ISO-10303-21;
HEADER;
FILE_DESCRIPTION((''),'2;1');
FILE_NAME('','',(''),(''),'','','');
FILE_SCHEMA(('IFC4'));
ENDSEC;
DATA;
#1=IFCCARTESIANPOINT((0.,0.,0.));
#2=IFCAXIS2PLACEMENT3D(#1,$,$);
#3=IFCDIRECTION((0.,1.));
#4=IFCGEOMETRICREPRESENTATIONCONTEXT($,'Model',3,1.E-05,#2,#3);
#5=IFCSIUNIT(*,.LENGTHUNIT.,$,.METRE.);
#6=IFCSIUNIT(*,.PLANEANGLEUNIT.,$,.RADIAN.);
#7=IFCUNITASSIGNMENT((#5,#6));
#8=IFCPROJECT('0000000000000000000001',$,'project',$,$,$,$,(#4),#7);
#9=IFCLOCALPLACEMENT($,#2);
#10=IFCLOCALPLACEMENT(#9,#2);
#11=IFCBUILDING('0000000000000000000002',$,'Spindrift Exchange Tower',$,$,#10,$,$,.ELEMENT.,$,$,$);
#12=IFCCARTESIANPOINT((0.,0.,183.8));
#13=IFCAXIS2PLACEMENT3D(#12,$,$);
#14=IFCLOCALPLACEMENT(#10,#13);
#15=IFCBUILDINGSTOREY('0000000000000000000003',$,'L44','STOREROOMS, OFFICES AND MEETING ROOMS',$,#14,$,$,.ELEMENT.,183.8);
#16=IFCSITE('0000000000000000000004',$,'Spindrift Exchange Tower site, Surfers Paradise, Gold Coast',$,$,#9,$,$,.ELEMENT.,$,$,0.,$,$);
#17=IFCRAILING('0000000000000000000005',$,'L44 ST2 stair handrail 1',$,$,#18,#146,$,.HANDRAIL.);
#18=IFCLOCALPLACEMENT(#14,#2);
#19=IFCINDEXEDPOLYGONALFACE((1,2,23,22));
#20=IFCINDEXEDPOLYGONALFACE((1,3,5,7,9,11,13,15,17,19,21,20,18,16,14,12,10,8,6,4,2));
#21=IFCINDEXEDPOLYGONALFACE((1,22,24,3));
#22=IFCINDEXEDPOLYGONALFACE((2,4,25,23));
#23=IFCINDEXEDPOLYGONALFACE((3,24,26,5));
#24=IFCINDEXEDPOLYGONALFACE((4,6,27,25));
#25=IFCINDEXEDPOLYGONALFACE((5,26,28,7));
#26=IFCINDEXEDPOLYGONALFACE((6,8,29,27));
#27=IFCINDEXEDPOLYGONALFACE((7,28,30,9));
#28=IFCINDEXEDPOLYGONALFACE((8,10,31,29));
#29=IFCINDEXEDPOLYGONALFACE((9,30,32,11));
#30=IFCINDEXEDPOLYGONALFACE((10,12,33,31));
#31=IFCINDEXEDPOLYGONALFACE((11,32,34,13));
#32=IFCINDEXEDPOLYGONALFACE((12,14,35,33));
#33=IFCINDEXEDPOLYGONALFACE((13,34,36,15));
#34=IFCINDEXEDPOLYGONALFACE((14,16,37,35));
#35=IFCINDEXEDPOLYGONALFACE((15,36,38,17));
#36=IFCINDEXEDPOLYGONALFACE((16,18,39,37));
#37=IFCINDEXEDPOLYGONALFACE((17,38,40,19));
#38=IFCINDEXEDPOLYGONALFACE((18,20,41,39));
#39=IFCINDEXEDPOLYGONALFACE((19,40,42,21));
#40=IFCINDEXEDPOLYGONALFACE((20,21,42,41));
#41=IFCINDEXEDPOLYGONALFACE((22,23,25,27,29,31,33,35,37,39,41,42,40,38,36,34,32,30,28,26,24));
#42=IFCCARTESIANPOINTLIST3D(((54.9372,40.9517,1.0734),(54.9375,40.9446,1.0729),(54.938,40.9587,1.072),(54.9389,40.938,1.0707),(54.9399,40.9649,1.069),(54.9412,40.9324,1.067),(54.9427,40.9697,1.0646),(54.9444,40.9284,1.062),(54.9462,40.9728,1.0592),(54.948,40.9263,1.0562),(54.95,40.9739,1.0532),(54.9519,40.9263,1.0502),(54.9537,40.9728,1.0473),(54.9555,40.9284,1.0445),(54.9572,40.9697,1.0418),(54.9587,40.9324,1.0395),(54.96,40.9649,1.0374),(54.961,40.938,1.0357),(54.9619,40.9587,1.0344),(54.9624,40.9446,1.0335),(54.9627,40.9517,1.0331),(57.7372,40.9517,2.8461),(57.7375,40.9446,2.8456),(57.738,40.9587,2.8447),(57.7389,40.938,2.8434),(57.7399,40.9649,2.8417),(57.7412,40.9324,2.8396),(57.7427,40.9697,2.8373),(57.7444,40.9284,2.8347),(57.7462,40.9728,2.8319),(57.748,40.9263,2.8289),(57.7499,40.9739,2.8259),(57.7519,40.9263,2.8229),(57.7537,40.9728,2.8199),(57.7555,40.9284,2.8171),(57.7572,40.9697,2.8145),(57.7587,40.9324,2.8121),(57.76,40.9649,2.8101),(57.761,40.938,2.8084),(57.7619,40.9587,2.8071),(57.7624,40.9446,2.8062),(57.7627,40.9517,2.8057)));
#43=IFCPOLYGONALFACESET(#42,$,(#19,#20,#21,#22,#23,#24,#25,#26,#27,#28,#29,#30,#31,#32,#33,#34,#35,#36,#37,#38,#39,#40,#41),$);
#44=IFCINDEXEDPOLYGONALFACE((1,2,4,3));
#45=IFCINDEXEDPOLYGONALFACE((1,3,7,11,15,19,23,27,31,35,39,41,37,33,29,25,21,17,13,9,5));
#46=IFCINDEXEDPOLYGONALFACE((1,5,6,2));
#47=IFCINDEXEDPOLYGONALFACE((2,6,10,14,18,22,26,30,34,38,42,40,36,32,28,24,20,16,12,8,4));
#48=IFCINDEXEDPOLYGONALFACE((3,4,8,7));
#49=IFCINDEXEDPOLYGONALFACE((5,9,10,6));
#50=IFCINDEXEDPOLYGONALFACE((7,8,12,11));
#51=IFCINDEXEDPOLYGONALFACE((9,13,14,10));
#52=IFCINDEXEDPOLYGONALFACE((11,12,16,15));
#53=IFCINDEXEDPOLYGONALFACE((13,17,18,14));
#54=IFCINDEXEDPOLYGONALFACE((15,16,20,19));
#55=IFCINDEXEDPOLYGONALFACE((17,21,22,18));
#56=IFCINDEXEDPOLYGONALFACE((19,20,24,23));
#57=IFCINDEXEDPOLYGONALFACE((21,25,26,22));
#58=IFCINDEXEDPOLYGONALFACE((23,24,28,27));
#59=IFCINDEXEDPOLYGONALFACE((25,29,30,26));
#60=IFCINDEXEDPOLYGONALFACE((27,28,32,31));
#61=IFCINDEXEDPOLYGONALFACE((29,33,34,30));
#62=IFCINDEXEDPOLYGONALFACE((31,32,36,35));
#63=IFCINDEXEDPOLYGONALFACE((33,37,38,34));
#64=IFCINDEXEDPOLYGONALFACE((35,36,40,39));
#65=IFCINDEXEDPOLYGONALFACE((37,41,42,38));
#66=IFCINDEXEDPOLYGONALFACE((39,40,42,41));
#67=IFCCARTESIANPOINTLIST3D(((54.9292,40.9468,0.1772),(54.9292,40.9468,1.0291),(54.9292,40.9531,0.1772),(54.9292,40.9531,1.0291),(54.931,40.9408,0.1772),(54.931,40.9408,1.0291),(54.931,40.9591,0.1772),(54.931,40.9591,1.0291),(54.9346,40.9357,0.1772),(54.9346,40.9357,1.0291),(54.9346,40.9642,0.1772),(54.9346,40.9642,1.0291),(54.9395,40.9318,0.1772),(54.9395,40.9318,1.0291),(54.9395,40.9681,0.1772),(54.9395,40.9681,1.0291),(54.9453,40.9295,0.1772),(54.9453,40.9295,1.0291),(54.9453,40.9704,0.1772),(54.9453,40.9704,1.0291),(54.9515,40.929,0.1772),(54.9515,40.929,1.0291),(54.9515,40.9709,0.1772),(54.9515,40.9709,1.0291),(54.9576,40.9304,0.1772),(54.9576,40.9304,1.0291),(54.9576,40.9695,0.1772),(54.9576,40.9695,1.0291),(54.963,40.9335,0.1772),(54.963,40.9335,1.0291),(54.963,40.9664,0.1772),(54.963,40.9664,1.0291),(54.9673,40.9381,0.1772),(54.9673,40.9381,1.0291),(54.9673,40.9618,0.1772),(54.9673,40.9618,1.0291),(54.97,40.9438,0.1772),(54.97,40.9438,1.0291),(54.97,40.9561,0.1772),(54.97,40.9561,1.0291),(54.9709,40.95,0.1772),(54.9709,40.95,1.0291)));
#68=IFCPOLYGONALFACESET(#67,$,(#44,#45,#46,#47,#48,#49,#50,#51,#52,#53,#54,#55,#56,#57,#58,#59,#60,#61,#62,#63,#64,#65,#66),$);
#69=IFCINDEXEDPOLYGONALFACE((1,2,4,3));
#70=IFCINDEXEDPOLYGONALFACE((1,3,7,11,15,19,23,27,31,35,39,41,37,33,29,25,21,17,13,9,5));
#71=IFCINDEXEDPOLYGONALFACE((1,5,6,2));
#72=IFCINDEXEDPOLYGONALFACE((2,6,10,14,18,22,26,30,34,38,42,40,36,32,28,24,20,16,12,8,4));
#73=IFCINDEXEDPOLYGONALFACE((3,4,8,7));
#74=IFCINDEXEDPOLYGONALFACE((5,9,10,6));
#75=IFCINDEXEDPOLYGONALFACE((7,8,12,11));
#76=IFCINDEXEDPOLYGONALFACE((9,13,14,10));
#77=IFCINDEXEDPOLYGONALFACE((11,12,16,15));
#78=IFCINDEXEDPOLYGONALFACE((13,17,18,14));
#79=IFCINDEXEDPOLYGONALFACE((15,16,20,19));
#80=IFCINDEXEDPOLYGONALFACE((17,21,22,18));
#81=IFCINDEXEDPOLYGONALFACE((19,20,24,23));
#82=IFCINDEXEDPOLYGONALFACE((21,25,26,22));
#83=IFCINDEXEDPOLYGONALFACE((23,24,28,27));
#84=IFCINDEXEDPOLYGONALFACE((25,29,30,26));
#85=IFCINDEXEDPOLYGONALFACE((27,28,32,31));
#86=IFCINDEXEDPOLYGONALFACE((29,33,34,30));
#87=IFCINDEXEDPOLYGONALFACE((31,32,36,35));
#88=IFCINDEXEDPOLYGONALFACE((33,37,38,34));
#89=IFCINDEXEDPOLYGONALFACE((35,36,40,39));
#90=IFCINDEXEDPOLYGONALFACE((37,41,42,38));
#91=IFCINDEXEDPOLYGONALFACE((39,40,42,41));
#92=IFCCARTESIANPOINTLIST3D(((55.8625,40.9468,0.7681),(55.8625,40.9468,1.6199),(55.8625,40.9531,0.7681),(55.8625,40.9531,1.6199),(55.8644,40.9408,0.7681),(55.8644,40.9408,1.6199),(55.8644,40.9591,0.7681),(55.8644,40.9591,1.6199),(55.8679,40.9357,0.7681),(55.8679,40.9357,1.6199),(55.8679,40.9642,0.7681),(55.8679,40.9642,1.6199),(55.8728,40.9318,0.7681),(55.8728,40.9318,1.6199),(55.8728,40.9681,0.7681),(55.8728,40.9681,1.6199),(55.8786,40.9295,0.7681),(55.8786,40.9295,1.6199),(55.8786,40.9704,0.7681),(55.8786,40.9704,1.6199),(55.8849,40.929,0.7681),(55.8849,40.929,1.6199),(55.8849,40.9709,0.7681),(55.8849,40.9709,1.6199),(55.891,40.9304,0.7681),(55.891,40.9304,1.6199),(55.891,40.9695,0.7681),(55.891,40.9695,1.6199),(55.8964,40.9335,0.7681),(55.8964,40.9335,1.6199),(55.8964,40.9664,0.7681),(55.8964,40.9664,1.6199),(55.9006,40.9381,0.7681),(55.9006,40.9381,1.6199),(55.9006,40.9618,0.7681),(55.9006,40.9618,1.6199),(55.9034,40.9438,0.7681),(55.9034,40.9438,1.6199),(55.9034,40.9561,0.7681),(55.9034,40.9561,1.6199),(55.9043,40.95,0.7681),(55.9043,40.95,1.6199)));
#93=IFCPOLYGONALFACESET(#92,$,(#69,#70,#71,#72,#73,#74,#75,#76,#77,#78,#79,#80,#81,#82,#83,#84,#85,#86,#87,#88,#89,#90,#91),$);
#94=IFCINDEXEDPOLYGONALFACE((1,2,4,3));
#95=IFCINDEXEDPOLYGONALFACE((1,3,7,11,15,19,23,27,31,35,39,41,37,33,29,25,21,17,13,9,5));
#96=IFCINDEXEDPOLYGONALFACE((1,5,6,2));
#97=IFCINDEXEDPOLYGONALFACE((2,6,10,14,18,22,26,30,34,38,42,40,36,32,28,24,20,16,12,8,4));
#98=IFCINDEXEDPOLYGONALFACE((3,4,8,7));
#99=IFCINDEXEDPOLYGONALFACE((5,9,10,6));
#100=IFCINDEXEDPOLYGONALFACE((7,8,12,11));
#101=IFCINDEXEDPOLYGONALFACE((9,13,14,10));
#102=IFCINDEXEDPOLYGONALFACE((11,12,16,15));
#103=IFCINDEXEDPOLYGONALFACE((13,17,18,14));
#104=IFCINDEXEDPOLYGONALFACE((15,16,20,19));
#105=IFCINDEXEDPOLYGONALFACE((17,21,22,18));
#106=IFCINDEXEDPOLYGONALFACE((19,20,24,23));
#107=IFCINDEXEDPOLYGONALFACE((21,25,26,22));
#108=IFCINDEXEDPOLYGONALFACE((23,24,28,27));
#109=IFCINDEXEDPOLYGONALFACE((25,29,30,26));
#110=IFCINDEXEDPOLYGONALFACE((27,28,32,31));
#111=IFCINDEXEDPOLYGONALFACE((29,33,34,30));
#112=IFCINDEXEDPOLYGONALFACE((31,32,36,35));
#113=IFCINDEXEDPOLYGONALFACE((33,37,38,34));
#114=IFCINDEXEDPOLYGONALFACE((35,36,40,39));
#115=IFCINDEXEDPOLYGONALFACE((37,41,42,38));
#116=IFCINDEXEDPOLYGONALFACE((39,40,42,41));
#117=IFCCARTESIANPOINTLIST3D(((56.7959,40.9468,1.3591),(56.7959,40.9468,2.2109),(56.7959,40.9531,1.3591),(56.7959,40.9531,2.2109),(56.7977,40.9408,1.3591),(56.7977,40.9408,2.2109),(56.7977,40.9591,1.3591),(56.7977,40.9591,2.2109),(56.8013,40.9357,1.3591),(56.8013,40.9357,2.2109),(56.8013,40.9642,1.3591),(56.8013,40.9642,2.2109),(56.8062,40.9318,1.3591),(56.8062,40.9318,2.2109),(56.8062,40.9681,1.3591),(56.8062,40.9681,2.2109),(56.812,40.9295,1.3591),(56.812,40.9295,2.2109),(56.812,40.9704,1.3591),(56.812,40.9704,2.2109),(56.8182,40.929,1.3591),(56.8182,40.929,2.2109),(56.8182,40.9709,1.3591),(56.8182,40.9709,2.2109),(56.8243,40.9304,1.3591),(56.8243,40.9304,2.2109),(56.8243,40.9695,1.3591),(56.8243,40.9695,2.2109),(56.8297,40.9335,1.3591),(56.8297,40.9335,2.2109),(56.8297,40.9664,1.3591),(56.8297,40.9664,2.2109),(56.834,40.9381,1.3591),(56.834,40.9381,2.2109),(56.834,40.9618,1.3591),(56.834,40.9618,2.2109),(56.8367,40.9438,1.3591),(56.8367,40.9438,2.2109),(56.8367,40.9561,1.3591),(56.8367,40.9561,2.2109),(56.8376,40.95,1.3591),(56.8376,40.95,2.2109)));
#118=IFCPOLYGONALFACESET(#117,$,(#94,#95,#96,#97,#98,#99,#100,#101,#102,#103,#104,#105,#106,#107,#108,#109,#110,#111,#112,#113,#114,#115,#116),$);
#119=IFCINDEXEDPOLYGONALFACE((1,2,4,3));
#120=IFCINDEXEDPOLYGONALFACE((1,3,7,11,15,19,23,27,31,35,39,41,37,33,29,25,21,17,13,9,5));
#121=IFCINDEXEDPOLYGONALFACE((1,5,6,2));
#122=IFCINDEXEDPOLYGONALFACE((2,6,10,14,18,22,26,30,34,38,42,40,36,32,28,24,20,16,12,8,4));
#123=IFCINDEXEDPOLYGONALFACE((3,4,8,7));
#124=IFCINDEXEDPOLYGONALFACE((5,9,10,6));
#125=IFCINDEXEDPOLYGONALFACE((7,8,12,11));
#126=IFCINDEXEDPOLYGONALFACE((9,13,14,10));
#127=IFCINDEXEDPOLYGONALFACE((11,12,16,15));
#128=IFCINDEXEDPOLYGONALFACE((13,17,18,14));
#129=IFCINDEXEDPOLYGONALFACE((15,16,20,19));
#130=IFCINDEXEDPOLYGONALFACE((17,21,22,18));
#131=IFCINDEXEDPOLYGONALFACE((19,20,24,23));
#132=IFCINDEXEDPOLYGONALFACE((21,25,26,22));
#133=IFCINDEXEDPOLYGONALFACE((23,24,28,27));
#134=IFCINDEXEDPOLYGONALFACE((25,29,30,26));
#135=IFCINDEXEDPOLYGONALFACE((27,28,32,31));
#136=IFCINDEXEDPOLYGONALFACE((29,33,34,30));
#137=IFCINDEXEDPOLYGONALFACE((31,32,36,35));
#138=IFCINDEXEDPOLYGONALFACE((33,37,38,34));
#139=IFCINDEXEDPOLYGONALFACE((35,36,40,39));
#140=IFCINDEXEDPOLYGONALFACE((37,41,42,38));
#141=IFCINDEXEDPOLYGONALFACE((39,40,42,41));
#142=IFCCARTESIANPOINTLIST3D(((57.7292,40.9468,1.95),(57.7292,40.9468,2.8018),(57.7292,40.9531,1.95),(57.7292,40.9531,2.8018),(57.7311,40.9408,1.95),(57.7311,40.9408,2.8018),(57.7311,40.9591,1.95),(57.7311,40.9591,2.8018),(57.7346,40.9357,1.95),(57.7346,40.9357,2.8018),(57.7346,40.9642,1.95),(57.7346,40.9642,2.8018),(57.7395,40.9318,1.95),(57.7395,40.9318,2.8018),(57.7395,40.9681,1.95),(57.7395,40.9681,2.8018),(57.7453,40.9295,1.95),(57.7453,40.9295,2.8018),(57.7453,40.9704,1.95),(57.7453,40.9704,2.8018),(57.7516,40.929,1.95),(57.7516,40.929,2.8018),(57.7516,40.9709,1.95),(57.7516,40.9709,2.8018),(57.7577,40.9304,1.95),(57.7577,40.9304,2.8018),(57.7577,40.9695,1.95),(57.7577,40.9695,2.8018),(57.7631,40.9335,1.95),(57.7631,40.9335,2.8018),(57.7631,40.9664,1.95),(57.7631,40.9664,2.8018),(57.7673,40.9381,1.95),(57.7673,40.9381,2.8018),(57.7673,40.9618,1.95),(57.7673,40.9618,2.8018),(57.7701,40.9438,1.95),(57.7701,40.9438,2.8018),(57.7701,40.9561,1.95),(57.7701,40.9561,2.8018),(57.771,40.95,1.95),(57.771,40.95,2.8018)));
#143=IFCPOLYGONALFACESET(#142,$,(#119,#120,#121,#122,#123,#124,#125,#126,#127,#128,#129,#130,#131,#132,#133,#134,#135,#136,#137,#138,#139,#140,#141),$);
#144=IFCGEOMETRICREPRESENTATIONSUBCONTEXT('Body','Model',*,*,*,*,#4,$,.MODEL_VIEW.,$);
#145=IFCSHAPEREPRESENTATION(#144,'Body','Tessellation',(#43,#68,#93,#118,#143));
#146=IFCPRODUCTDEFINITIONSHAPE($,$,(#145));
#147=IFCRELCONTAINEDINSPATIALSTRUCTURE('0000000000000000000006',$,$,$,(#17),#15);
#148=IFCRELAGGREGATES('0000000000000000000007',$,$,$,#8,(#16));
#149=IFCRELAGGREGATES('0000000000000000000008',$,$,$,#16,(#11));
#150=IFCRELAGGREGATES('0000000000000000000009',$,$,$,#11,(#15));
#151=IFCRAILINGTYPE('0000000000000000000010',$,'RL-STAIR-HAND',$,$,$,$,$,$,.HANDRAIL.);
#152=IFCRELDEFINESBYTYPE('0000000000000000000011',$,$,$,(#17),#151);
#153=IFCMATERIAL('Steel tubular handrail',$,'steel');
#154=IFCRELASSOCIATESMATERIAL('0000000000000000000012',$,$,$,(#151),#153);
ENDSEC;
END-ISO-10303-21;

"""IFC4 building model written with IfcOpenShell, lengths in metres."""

from ifc_helpers import new_model, si_unit, direction, frame, origin, origin_2d, place, context, subcontext, project, spatial, circle, extrude, material, type_object, element, save


model = new_model("IFC4")

# Units and contexts
model_context = context("Model", 3, precision=1e-05, world=origin(), true_north=direction((0.0, 1.0)))
body_context = subcontext(model_context, "Body", "Model", "MODEL_VIEW")
ifc_project = project(units=[si_unit("LENGTHUNIT", "METRE"), si_unit("PLANEANGLEUNIT", "RADIAN")], contexts=[model_context])

# Site, building, storey
site_placement = place(None, origin())
site = spatial("IfcSite", under=ifc_project, at=site_placement, Name="Spindrift Exchange Tower site, Surfers Paradise, Gold Coast", CompositionType="ELEMENT", RefElevation=0.0)
building_placement = place(site_placement, origin())
building = spatial("IfcBuilding", under=site, at=building_placement, Name="Spindrift Exchange Tower", CompositionType="ELEMENT")
storey_placement = place(building_placement, frame((0.0, 0.0, 183.8)))
storey = spatial("IfcBuildingStorey", under=building, at=storey_placement, Name="L44", Description="STOREROOMS, OFFICES AND MEETING ROOMS", CompositionType="ELEMENT", Elevation=183.8)

# Railing
ifc_material_1 = material(Name="Steel tubular handrail", Category="steel")
railing_type = type_object("IfcRailingType", Name="RL-STAIR-HAND", PredefinedType="HANDRAIL", material=ifc_material_1)
railing_placement = place(storey_placement, frame((54.95, 40.95, 0.1772)))
element("IfcRailing", 1, at=railing_placement, inside=storey, type_object=railing_type, Name="L44 ST2 stair handrail 1", PredefinedType="HANDRAIL", context=body_context, shape_type="SweptSolid", body=[
    extrude(circle(Radius=0.0239, at=origin_2d()), frame((0.0, 0.0, 0.876), z_axis=(0.844909, 0.0, 0.53491), x_axis=(0.0, 1.0, 0.0)), (0.0, 0.0, 1.0), 3.314),
    extrude(circle(Radius=0.021, at=origin_2d()), origin(), (0.0, 0.0, 1.0), 0.8518),
    extrude(circle(Radius=0.021, at=origin_2d()), frame((0.9333, 0.0, 0.5908)), (0.0, 0.0, 1.0), 0.8518),
    extrude(circle(Radius=0.021, at=origin_2d()), frame((1.8667, 0.0, 1.1819)), (0.0, 0.0, 1.0), 0.8518),
    extrude(circle(Radius=0.021, at=origin_2d()), frame((2.8, 0.0, 1.7727)), (0.0, 0.0, 1.0), 0.8518),
])

save(model, "model.ifc")
